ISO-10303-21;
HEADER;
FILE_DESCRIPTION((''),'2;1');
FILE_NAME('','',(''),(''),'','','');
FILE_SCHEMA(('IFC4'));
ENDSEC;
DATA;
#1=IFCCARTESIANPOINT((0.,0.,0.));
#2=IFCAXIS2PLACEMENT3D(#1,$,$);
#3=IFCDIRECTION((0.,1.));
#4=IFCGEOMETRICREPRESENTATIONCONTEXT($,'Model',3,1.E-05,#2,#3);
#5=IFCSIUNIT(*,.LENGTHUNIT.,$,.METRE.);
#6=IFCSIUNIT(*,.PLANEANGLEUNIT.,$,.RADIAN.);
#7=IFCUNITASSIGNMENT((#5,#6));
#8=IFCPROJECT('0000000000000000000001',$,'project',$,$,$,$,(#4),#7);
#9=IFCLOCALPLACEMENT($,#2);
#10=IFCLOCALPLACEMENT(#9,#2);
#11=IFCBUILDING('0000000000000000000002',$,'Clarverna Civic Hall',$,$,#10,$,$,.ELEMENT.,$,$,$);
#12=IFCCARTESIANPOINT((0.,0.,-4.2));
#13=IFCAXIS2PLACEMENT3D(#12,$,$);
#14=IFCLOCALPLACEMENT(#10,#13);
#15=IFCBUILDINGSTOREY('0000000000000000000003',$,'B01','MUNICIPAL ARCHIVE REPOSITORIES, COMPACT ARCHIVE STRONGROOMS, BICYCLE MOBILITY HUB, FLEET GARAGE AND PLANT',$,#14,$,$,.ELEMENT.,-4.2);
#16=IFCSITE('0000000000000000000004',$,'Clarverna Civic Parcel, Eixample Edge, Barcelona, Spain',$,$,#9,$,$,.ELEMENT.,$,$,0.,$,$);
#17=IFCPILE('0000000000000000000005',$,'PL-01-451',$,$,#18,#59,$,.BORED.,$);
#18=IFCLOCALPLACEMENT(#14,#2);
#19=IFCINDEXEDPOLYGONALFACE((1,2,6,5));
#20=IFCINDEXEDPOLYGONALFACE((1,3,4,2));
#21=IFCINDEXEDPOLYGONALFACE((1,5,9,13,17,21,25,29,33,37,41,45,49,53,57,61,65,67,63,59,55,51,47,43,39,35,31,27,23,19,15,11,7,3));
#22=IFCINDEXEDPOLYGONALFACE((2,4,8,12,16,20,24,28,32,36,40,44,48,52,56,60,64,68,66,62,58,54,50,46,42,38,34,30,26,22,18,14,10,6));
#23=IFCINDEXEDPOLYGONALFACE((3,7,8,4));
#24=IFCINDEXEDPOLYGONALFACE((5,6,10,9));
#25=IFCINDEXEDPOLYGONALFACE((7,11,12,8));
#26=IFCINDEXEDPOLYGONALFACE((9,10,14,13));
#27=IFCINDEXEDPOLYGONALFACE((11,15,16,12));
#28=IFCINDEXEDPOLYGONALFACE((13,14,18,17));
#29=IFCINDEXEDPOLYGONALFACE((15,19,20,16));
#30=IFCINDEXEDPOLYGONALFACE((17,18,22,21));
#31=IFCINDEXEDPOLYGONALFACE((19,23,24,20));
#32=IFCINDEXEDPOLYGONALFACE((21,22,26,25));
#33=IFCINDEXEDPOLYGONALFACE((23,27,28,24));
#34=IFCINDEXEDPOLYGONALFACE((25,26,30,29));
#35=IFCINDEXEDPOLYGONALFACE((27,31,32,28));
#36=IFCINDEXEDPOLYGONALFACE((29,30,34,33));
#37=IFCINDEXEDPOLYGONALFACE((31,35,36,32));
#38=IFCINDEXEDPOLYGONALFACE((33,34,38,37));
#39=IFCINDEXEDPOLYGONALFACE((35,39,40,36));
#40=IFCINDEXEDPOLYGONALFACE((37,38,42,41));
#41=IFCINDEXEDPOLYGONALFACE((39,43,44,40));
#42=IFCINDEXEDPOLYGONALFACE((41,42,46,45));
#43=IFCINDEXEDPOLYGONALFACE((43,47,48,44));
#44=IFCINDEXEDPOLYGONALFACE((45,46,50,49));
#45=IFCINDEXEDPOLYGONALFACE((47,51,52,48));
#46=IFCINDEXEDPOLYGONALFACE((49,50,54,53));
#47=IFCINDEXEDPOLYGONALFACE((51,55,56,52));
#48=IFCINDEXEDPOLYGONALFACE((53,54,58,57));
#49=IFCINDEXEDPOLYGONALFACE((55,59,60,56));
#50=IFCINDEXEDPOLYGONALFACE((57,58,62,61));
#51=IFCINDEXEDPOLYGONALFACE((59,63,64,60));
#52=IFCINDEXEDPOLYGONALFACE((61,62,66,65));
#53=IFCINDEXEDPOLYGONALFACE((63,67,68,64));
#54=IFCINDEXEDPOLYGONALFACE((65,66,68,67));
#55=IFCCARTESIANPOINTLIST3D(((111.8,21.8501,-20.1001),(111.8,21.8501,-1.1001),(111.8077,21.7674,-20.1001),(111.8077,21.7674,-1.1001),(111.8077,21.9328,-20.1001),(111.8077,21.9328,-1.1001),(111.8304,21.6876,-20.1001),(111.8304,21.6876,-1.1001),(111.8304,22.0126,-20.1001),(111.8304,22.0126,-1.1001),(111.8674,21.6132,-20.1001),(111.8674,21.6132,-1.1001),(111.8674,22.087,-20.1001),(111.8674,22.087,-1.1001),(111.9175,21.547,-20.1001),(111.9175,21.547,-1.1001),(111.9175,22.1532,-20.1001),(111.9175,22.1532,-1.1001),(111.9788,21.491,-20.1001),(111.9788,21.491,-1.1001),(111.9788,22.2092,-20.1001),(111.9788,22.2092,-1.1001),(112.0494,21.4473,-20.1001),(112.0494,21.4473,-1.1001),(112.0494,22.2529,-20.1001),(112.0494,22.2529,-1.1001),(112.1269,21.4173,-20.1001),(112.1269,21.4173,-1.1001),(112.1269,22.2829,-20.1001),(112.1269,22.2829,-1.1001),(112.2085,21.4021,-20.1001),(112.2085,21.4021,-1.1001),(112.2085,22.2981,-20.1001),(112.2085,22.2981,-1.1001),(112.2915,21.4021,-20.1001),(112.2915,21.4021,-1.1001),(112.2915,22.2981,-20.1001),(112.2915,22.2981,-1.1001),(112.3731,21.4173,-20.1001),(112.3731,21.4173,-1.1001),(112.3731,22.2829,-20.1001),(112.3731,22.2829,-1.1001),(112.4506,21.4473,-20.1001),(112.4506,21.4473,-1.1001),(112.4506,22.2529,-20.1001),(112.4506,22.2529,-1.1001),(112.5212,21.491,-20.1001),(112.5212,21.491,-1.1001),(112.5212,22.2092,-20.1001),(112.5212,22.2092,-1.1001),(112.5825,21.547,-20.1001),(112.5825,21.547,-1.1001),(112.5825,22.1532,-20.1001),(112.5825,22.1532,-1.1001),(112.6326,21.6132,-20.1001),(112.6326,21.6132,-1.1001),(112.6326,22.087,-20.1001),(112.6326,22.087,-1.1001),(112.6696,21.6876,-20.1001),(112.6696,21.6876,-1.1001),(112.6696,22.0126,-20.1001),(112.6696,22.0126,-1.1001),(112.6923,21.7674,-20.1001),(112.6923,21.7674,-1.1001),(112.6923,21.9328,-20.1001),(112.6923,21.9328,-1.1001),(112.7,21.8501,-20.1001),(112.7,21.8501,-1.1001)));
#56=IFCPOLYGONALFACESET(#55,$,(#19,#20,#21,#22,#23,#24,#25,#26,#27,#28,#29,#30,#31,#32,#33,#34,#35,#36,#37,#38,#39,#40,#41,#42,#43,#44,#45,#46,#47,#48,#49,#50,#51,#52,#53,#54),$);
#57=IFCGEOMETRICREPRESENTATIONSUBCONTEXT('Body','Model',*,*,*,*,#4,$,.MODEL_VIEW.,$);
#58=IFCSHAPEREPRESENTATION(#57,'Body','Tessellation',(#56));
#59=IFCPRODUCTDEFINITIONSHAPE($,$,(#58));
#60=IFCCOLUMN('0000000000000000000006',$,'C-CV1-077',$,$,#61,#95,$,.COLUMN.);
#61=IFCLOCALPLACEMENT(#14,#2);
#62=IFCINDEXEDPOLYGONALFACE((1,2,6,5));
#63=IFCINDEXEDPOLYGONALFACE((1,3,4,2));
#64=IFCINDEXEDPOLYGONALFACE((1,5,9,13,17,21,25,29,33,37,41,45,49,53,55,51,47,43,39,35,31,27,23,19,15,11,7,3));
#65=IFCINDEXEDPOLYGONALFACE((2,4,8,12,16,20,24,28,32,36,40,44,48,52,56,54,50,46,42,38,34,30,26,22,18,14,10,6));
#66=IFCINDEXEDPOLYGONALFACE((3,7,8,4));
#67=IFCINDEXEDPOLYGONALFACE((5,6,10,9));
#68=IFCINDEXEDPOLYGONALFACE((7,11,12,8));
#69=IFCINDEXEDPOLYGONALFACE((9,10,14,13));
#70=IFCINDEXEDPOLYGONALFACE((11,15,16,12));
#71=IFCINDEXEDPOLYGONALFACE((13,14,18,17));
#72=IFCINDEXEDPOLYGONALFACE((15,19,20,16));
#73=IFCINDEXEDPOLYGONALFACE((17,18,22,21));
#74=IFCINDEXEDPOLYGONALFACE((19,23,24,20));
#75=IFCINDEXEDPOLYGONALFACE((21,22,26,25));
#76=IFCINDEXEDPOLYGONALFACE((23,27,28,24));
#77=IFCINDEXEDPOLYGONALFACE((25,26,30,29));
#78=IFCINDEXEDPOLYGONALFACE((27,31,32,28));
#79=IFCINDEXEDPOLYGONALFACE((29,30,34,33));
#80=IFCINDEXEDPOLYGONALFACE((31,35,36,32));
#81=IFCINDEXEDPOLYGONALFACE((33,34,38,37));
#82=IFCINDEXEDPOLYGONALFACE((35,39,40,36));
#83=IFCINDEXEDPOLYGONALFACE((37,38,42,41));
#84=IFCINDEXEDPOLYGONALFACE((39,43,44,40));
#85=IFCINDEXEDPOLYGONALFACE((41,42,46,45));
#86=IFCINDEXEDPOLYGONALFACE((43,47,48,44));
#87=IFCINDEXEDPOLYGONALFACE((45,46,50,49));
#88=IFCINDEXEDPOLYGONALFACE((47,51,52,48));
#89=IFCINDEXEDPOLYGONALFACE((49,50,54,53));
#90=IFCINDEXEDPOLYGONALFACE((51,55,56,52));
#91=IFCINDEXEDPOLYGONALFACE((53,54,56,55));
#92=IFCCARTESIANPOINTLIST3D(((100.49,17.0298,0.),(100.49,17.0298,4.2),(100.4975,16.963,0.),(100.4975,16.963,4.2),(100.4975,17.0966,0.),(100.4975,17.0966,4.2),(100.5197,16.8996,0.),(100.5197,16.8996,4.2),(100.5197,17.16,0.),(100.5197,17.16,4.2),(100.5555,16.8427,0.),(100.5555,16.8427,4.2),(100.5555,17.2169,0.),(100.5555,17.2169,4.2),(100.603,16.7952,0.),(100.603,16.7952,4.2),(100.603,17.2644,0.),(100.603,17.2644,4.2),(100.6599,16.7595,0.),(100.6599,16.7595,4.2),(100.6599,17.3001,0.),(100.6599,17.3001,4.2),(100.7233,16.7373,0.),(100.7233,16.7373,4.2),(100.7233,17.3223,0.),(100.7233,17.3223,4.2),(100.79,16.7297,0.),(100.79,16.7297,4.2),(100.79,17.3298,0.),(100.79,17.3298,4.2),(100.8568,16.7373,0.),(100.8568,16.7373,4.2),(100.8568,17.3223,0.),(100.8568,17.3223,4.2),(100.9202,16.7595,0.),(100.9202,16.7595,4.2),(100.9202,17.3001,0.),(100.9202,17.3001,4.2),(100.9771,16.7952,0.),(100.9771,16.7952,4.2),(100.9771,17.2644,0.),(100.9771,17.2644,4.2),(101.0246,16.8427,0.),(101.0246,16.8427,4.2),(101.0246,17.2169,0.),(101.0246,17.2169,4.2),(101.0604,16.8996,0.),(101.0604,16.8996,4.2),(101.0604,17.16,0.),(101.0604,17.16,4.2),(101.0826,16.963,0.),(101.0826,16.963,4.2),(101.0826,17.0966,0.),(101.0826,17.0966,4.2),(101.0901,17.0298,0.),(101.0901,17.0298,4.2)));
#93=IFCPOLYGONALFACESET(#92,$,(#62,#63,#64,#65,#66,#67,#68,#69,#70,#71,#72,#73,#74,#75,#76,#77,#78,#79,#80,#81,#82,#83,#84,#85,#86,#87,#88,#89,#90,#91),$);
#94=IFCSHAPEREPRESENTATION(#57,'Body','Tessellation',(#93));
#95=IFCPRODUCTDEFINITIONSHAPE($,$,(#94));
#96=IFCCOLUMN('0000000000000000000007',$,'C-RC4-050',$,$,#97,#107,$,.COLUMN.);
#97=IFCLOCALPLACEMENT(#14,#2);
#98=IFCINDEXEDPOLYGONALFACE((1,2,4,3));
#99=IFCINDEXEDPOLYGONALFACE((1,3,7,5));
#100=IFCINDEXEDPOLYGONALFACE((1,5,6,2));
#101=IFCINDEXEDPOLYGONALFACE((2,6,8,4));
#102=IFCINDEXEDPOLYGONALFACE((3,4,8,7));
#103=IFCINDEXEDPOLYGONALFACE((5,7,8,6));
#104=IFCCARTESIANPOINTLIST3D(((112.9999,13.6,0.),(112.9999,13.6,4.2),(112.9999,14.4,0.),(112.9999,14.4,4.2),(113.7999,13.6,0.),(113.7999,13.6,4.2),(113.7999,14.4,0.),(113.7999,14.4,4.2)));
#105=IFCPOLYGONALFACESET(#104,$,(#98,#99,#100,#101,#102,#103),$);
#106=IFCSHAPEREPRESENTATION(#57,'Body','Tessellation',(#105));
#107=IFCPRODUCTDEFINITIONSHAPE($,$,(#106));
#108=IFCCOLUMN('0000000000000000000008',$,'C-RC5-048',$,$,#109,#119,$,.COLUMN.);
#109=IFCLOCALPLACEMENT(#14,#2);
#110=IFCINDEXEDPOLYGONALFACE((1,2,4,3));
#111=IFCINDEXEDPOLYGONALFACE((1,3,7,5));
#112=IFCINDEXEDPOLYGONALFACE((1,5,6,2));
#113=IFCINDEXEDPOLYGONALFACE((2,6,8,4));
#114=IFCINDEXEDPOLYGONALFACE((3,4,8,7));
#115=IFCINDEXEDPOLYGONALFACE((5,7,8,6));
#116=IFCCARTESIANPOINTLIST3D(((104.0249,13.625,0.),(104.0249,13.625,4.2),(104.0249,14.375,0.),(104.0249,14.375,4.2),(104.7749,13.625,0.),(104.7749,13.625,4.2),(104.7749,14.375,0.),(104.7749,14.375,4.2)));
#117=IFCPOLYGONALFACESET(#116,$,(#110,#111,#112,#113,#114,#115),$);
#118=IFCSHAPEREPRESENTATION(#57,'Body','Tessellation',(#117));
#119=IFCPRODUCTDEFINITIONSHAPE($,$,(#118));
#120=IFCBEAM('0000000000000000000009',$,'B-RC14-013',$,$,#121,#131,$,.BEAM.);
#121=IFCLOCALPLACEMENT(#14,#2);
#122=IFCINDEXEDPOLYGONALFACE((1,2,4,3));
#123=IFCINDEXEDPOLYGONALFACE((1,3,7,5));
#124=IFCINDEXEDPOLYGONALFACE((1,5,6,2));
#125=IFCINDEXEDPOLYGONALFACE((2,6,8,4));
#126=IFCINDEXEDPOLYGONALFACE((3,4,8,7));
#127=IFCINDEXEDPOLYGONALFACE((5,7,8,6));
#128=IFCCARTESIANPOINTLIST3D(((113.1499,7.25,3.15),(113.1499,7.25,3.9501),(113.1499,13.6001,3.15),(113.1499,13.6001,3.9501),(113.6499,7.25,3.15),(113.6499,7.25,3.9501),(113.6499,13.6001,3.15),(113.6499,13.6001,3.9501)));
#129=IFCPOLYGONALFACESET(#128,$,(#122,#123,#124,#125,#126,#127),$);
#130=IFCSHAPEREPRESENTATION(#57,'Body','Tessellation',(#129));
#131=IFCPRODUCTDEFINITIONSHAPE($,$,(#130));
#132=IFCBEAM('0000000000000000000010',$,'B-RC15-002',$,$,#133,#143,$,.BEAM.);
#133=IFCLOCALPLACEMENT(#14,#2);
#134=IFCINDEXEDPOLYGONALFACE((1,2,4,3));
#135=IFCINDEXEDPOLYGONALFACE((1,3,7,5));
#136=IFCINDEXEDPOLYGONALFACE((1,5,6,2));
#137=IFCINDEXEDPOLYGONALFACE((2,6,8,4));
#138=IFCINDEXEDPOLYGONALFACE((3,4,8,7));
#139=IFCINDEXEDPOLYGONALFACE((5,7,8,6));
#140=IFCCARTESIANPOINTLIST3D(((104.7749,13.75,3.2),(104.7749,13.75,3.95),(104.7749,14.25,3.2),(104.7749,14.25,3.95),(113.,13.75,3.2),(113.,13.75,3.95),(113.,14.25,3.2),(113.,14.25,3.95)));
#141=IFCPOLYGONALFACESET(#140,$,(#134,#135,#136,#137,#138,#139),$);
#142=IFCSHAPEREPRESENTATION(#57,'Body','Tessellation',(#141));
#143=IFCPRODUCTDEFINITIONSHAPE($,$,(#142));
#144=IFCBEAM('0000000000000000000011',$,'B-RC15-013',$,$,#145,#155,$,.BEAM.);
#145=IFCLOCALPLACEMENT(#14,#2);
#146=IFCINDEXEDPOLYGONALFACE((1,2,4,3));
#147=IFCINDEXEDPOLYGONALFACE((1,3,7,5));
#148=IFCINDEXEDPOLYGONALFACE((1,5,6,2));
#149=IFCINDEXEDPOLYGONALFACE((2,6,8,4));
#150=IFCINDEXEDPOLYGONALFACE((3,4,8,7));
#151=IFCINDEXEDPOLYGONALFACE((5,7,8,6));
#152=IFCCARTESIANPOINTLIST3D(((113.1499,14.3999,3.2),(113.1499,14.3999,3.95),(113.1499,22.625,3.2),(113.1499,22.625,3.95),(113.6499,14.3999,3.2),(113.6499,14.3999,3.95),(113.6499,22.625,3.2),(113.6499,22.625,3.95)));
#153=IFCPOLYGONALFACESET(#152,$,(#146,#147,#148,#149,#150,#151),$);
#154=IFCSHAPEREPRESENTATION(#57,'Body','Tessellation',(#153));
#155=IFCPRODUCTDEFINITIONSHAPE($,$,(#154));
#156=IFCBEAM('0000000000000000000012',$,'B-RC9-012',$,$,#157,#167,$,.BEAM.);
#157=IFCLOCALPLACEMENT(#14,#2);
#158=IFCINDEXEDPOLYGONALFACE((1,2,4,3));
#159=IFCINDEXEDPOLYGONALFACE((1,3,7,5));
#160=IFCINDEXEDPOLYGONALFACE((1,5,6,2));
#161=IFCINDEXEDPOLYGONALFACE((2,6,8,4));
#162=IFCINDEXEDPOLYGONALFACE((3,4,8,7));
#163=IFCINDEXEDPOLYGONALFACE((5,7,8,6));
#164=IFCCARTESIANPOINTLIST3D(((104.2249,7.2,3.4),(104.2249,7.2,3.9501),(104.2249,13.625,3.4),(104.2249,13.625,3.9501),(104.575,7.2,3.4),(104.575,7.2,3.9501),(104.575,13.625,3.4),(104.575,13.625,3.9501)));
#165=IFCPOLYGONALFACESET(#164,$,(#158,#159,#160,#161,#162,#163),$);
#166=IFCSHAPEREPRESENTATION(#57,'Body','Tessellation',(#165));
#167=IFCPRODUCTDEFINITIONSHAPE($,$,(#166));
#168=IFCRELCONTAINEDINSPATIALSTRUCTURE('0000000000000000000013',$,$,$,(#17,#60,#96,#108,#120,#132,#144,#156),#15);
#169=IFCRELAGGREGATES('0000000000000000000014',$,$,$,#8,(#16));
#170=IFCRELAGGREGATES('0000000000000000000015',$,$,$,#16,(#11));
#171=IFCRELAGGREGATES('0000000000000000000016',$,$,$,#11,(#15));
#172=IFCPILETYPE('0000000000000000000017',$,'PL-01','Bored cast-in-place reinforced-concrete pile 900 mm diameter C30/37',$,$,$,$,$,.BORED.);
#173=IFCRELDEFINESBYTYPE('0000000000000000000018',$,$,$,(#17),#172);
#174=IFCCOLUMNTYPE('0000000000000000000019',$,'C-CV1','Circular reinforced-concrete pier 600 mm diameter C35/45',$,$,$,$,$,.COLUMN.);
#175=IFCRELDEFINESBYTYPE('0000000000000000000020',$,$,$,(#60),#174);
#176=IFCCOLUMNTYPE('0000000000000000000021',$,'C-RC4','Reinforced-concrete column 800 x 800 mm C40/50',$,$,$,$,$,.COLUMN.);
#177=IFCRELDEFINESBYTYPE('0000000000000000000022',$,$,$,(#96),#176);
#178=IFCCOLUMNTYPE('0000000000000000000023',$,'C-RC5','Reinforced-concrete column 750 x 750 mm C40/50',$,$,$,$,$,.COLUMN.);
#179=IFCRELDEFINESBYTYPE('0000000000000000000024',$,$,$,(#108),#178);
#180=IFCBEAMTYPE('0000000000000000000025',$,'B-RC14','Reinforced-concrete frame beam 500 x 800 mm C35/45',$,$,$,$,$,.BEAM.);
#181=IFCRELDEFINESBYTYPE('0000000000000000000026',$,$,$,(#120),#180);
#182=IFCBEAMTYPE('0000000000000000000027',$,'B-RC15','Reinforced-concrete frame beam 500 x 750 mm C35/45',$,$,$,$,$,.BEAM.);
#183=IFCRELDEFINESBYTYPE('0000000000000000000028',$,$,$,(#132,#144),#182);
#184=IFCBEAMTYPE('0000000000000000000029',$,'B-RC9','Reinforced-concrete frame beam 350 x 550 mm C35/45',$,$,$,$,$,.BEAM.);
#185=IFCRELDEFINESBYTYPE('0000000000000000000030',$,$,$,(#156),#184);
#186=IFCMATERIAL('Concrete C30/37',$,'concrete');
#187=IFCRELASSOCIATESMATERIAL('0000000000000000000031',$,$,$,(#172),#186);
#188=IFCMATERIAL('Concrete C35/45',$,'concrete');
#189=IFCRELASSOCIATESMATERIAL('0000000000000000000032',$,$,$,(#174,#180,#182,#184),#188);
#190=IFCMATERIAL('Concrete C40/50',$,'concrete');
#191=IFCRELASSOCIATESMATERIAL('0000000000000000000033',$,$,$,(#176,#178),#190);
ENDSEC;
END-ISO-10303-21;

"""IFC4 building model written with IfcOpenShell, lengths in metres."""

from ifc_helpers import new_model, si_unit, direction, frame, origin, origin_2d, place, context, subcontext, project, spatial, rectangle, circle, extrude, material, material_profile, profile_set, type_object, element, save


model = new_model("IFC4")

# Units and contexts
model_context = context("Model", 3, precision=1e-05, world=origin(), true_north=direction((0.0, 1.0)))
body_context = subcontext(model_context, "Body", "Model", "MODEL_VIEW")
ifc_project = project(units=[si_unit("LENGTHUNIT", "METRE"), si_unit("PLANEANGLEUNIT", "RADIAN")], contexts=[model_context])

# Site, building, storey
site_placement = place(None, origin())
site = spatial("IfcSite", under=ifc_project, at=site_placement, Name="Clarverna Civic Parcel, Eixample Edge, Barcelona, Spain", CompositionType="ELEMENT", RefElevation=0.0)
building_placement = place(site_placement, origin())
building = spatial("IfcBuilding", under=site, at=building_placement, Name="Clarverna Civic Hall", CompositionType="ELEMENT")
storey_placement = place(building_placement, frame((0.0, 0.0, -4.2)))
storey = spatial("IfcBuildingStorey", under=building, at=storey_placement, Name="B01", Description="MUNICIPAL ARCHIVE REPOSITORIES, COMPACT ARCHIVE STRONGROOMS, BICYCLE MOBILITY HUB, FLEET GARAGE AND PLANT", CompositionType="ELEMENT", Elevation=-4.2)

# Shared definitions
ifc_material_1 = material(Name="Concrete C30/37", Category="concrete")

# Pile
ifc_material_profile_1 = material_profile(ifc_material_1, circle(Radius=0.45, at=origin_2d()), Name="BORED PILE D900")
ifc_profile_set_1 = profile_set([ifc_material_profile_1], Name="Concrete C30/37")
pile_type = type_object("IfcPileType", Name="PL-01", Description="Bored cast-in-place reinforced-concrete pile 900 mm diameter C30/37", PredefinedType="BORED", material=ifc_profile_set_1)
for number, where, z_axis, x_axis, name in (
    (1, (112.25, 21.8501, -1.1001), (0.0, 0.0, -1.0), (1.0, 0.0, 0.0), "PL-01-451"),
):
    element("IfcPile", number, at=place(storey_placement, frame(where, z_axis=z_axis, x_axis=x_axis)), inside=storey, type_object=pile_type, Name=name, PredefinedType="BORED", context=body_context, shape_type="SweptSolid", body=[
        extrude(circle(Radius=0.45, at=origin_2d()), origin(), (0.0, 0.0, 1.0), 19.0),
    ])

# Columns
ifc_material_2 = material(Name="Concrete C35/45", Category="concrete")
ifc_material_profile_2 = material_profile(ifc_material_2, circle(Radius=0.3, at=origin_2d()), Name="RC D600")
ifc_profile_set_2 = profile_set([ifc_material_profile_2], Name="Concrete C35/45")
column_type_1 = type_object("IfcColumnType", Name="C-CV1", Description="Circular reinforced-concrete pier 600 mm diameter C35/45", PredefinedType="COLUMN", material=ifc_profile_set_2)
column_1_placement = place(storey_placement, frame((100.79, 17.0298, 0.0), z_axis=(0.0, 0.0, 1.0), x_axis=(1.0, 0.0, 0.0)))
element("IfcColumn", 2, at=column_1_placement, inside=storey, type_object=column_type_1, Name="C-CV1-077", PredefinedType="COLUMN", context=body_context, shape_type="SweptSolid", body=[
    extrude(circle(Radius=0.3, at=origin_2d()), origin(), (0.0, 0.0, 1.0), 4.2),
])
ifc_material_3 = material(Name="Concrete C40/50", Category="concrete")
ifc_material_profile_3 = material_profile(ifc_material_3, rectangle(XDim=0.8, YDim=0.8, at=origin_2d()), Name="RC 800x800")
ifc_profile_set_3 = profile_set([ifc_material_profile_3], Name="Concrete C40/50")
column_type_2 = type_object("IfcColumnType", Name="C-RC4", Description="Reinforced-concrete column 800 x 800 mm C40/50", PredefinedType="COLUMN", material=ifc_profile_set_3)
column_2_placement = place(storey_placement, frame((113.3999, 14.0, 0.0), z_axis=(0.0, 0.0, 1.0), x_axis=(1.0, 0.0, 0.0)))
element("IfcColumn", 3, at=column_2_placement, inside=storey, type_object=column_type_2, Name="C-RC4-050", PredefinedType="COLUMN", context=body_context, shape_type="SweptSolid", body=[
    extrude(rectangle(XDim=0.8, YDim=0.8, at=origin_2d()), origin(), (0.0, 0.0, 1.0), 4.2),
])
ifc_material_profile_4 = material_profile(ifc_material_3, rectangle(XDim=0.75, YDim=0.75, at=origin_2d()), Name="RC 750x750")
ifc_profile_set_4 = profile_set([ifc_material_profile_4], Name="Concrete C40/50")
column_type_3 = type_object("IfcColumnType", Name="C-RC5", Description="Reinforced-concrete column 750 x 750 mm C40/50", PredefinedType="COLUMN", material=ifc_profile_set_4)
column_3_placement = place(storey_placement, frame((104.3999, 14.0, 0.0), z_axis=(0.0, 0.0, 1.0), x_axis=(1.0, 0.0, 0.0)))
element("IfcColumn", 4, at=column_3_placement, inside=storey, type_object=column_type_3, Name="C-RC5-048", PredefinedType="COLUMN", context=body_context, shape_type="SweptSolid", body=[
    extrude(rectangle(XDim=0.75, YDim=0.75, at=origin_2d()), origin(), (0.0, 0.0, 1.0), 4.2),
])

# Beams
ifc_material_profile_5 = material_profile(ifc_material_2, rectangle(XDim=0.5, YDim=0.8, at=origin_2d()), Name="RC 500x800")
ifc_profile_set_5 = profile_set([ifc_material_profile_5], Name="Concrete C35/45")
beam_type_1 = type_object("IfcBeamType", Name="B-RC14", Description="Reinforced-concrete frame beam 500 x 800 mm C35/45", PredefinedType="BEAM", material=ifc_profile_set_5)
beam_1_placement = place(storey_placement, frame((113.3999, 7.25, 3.55), z_axis=(0.0, 1.0, 0.0), x_axis=(-1.0, 0.0, 0.0)))
element("IfcBeam", 5, at=beam_1_placement, inside=storey, type_object=beam_type_1, Name="B-RC14-013", PredefinedType="BEAM", context=body_context, shape_type="SweptSolid", body=[
    extrude(rectangle(XDim=0.5, YDim=0.8, at=origin_2d()), origin(), (0.0, 0.0, 1.0), 6.3501),
])
ifc_material_profile_6 = material_profile(ifc_material_2, rectangle(XDim=0.5, YDim=0.75, at=origin_2d()), Name="RC 500x750")
ifc_profile_set_6 = profile_set([ifc_material_profile_6], Name="Concrete C35/45")
beam_type_2 = type_object("IfcBeamType", Name="B-RC15", Description="Reinforced-concrete frame beam 500 x 750 mm C35/45", PredefinedType="BEAM", material=ifc_profile_set_6)
for number, where, z_axis, x_axis, name in (
    (6, (104.7749, 14.0, 3.575), (1.0, 0.0, 0.0), (0.0, 1.0, 0.0), "B-RC15-002"),
    (7, (113.3999, 14.3999, 3.575), (0.0, 1.0, 0.0), (-1.0, 0.0, 0.0), "B-RC15-013"),
):
    element("IfcBeam", number, at=place(storey_placement, frame(where, z_axis=z_axis, x_axis=x_axis)), inside=storey, type_object=beam_type_2, Name=name, PredefinedType="BEAM", context=body_context, shape_type="SweptSolid", body=[
        extrude(rectangle(XDim=0.5, YDim=0.75, at=origin_2d()), origin(), (0.0, 0.0, 1.0), 8.2251),
    ])
ifc_material_profile_7 = material_profile(ifc_material_2, rectangle(XDim=0.3501, YDim=0.55, at=origin_2d()), Name="RC 350x550")
ifc_profile_set_7 = profile_set([ifc_material_profile_7], Name="Concrete C35/45")
beam_type_3 = type_object("IfcBeamType", Name="B-RC9", Description="Reinforced-concrete frame beam 350 x 550 mm C35/45", PredefinedType="BEAM", material=ifc_profile_set_7)
beam_2_placement = place(storey_placement, frame((104.3999, 7.2, 3.675), z_axis=(0.0, 1.0, 0.0), x_axis=(-1.0, 0.0, 0.0)))
element("IfcBeam", 8, at=beam_2_placement, inside=storey, type_object=beam_type_3, Name="B-RC9-012", PredefinedType="BEAM", context=body_context, shape_type="SweptSolid", body=[
    extrude(rectangle(XDim=0.3501, YDim=0.55, at=origin_2d()), origin(), (0.0, 0.0, 1.0), 6.425),
])

save(model, "model.ifc")
